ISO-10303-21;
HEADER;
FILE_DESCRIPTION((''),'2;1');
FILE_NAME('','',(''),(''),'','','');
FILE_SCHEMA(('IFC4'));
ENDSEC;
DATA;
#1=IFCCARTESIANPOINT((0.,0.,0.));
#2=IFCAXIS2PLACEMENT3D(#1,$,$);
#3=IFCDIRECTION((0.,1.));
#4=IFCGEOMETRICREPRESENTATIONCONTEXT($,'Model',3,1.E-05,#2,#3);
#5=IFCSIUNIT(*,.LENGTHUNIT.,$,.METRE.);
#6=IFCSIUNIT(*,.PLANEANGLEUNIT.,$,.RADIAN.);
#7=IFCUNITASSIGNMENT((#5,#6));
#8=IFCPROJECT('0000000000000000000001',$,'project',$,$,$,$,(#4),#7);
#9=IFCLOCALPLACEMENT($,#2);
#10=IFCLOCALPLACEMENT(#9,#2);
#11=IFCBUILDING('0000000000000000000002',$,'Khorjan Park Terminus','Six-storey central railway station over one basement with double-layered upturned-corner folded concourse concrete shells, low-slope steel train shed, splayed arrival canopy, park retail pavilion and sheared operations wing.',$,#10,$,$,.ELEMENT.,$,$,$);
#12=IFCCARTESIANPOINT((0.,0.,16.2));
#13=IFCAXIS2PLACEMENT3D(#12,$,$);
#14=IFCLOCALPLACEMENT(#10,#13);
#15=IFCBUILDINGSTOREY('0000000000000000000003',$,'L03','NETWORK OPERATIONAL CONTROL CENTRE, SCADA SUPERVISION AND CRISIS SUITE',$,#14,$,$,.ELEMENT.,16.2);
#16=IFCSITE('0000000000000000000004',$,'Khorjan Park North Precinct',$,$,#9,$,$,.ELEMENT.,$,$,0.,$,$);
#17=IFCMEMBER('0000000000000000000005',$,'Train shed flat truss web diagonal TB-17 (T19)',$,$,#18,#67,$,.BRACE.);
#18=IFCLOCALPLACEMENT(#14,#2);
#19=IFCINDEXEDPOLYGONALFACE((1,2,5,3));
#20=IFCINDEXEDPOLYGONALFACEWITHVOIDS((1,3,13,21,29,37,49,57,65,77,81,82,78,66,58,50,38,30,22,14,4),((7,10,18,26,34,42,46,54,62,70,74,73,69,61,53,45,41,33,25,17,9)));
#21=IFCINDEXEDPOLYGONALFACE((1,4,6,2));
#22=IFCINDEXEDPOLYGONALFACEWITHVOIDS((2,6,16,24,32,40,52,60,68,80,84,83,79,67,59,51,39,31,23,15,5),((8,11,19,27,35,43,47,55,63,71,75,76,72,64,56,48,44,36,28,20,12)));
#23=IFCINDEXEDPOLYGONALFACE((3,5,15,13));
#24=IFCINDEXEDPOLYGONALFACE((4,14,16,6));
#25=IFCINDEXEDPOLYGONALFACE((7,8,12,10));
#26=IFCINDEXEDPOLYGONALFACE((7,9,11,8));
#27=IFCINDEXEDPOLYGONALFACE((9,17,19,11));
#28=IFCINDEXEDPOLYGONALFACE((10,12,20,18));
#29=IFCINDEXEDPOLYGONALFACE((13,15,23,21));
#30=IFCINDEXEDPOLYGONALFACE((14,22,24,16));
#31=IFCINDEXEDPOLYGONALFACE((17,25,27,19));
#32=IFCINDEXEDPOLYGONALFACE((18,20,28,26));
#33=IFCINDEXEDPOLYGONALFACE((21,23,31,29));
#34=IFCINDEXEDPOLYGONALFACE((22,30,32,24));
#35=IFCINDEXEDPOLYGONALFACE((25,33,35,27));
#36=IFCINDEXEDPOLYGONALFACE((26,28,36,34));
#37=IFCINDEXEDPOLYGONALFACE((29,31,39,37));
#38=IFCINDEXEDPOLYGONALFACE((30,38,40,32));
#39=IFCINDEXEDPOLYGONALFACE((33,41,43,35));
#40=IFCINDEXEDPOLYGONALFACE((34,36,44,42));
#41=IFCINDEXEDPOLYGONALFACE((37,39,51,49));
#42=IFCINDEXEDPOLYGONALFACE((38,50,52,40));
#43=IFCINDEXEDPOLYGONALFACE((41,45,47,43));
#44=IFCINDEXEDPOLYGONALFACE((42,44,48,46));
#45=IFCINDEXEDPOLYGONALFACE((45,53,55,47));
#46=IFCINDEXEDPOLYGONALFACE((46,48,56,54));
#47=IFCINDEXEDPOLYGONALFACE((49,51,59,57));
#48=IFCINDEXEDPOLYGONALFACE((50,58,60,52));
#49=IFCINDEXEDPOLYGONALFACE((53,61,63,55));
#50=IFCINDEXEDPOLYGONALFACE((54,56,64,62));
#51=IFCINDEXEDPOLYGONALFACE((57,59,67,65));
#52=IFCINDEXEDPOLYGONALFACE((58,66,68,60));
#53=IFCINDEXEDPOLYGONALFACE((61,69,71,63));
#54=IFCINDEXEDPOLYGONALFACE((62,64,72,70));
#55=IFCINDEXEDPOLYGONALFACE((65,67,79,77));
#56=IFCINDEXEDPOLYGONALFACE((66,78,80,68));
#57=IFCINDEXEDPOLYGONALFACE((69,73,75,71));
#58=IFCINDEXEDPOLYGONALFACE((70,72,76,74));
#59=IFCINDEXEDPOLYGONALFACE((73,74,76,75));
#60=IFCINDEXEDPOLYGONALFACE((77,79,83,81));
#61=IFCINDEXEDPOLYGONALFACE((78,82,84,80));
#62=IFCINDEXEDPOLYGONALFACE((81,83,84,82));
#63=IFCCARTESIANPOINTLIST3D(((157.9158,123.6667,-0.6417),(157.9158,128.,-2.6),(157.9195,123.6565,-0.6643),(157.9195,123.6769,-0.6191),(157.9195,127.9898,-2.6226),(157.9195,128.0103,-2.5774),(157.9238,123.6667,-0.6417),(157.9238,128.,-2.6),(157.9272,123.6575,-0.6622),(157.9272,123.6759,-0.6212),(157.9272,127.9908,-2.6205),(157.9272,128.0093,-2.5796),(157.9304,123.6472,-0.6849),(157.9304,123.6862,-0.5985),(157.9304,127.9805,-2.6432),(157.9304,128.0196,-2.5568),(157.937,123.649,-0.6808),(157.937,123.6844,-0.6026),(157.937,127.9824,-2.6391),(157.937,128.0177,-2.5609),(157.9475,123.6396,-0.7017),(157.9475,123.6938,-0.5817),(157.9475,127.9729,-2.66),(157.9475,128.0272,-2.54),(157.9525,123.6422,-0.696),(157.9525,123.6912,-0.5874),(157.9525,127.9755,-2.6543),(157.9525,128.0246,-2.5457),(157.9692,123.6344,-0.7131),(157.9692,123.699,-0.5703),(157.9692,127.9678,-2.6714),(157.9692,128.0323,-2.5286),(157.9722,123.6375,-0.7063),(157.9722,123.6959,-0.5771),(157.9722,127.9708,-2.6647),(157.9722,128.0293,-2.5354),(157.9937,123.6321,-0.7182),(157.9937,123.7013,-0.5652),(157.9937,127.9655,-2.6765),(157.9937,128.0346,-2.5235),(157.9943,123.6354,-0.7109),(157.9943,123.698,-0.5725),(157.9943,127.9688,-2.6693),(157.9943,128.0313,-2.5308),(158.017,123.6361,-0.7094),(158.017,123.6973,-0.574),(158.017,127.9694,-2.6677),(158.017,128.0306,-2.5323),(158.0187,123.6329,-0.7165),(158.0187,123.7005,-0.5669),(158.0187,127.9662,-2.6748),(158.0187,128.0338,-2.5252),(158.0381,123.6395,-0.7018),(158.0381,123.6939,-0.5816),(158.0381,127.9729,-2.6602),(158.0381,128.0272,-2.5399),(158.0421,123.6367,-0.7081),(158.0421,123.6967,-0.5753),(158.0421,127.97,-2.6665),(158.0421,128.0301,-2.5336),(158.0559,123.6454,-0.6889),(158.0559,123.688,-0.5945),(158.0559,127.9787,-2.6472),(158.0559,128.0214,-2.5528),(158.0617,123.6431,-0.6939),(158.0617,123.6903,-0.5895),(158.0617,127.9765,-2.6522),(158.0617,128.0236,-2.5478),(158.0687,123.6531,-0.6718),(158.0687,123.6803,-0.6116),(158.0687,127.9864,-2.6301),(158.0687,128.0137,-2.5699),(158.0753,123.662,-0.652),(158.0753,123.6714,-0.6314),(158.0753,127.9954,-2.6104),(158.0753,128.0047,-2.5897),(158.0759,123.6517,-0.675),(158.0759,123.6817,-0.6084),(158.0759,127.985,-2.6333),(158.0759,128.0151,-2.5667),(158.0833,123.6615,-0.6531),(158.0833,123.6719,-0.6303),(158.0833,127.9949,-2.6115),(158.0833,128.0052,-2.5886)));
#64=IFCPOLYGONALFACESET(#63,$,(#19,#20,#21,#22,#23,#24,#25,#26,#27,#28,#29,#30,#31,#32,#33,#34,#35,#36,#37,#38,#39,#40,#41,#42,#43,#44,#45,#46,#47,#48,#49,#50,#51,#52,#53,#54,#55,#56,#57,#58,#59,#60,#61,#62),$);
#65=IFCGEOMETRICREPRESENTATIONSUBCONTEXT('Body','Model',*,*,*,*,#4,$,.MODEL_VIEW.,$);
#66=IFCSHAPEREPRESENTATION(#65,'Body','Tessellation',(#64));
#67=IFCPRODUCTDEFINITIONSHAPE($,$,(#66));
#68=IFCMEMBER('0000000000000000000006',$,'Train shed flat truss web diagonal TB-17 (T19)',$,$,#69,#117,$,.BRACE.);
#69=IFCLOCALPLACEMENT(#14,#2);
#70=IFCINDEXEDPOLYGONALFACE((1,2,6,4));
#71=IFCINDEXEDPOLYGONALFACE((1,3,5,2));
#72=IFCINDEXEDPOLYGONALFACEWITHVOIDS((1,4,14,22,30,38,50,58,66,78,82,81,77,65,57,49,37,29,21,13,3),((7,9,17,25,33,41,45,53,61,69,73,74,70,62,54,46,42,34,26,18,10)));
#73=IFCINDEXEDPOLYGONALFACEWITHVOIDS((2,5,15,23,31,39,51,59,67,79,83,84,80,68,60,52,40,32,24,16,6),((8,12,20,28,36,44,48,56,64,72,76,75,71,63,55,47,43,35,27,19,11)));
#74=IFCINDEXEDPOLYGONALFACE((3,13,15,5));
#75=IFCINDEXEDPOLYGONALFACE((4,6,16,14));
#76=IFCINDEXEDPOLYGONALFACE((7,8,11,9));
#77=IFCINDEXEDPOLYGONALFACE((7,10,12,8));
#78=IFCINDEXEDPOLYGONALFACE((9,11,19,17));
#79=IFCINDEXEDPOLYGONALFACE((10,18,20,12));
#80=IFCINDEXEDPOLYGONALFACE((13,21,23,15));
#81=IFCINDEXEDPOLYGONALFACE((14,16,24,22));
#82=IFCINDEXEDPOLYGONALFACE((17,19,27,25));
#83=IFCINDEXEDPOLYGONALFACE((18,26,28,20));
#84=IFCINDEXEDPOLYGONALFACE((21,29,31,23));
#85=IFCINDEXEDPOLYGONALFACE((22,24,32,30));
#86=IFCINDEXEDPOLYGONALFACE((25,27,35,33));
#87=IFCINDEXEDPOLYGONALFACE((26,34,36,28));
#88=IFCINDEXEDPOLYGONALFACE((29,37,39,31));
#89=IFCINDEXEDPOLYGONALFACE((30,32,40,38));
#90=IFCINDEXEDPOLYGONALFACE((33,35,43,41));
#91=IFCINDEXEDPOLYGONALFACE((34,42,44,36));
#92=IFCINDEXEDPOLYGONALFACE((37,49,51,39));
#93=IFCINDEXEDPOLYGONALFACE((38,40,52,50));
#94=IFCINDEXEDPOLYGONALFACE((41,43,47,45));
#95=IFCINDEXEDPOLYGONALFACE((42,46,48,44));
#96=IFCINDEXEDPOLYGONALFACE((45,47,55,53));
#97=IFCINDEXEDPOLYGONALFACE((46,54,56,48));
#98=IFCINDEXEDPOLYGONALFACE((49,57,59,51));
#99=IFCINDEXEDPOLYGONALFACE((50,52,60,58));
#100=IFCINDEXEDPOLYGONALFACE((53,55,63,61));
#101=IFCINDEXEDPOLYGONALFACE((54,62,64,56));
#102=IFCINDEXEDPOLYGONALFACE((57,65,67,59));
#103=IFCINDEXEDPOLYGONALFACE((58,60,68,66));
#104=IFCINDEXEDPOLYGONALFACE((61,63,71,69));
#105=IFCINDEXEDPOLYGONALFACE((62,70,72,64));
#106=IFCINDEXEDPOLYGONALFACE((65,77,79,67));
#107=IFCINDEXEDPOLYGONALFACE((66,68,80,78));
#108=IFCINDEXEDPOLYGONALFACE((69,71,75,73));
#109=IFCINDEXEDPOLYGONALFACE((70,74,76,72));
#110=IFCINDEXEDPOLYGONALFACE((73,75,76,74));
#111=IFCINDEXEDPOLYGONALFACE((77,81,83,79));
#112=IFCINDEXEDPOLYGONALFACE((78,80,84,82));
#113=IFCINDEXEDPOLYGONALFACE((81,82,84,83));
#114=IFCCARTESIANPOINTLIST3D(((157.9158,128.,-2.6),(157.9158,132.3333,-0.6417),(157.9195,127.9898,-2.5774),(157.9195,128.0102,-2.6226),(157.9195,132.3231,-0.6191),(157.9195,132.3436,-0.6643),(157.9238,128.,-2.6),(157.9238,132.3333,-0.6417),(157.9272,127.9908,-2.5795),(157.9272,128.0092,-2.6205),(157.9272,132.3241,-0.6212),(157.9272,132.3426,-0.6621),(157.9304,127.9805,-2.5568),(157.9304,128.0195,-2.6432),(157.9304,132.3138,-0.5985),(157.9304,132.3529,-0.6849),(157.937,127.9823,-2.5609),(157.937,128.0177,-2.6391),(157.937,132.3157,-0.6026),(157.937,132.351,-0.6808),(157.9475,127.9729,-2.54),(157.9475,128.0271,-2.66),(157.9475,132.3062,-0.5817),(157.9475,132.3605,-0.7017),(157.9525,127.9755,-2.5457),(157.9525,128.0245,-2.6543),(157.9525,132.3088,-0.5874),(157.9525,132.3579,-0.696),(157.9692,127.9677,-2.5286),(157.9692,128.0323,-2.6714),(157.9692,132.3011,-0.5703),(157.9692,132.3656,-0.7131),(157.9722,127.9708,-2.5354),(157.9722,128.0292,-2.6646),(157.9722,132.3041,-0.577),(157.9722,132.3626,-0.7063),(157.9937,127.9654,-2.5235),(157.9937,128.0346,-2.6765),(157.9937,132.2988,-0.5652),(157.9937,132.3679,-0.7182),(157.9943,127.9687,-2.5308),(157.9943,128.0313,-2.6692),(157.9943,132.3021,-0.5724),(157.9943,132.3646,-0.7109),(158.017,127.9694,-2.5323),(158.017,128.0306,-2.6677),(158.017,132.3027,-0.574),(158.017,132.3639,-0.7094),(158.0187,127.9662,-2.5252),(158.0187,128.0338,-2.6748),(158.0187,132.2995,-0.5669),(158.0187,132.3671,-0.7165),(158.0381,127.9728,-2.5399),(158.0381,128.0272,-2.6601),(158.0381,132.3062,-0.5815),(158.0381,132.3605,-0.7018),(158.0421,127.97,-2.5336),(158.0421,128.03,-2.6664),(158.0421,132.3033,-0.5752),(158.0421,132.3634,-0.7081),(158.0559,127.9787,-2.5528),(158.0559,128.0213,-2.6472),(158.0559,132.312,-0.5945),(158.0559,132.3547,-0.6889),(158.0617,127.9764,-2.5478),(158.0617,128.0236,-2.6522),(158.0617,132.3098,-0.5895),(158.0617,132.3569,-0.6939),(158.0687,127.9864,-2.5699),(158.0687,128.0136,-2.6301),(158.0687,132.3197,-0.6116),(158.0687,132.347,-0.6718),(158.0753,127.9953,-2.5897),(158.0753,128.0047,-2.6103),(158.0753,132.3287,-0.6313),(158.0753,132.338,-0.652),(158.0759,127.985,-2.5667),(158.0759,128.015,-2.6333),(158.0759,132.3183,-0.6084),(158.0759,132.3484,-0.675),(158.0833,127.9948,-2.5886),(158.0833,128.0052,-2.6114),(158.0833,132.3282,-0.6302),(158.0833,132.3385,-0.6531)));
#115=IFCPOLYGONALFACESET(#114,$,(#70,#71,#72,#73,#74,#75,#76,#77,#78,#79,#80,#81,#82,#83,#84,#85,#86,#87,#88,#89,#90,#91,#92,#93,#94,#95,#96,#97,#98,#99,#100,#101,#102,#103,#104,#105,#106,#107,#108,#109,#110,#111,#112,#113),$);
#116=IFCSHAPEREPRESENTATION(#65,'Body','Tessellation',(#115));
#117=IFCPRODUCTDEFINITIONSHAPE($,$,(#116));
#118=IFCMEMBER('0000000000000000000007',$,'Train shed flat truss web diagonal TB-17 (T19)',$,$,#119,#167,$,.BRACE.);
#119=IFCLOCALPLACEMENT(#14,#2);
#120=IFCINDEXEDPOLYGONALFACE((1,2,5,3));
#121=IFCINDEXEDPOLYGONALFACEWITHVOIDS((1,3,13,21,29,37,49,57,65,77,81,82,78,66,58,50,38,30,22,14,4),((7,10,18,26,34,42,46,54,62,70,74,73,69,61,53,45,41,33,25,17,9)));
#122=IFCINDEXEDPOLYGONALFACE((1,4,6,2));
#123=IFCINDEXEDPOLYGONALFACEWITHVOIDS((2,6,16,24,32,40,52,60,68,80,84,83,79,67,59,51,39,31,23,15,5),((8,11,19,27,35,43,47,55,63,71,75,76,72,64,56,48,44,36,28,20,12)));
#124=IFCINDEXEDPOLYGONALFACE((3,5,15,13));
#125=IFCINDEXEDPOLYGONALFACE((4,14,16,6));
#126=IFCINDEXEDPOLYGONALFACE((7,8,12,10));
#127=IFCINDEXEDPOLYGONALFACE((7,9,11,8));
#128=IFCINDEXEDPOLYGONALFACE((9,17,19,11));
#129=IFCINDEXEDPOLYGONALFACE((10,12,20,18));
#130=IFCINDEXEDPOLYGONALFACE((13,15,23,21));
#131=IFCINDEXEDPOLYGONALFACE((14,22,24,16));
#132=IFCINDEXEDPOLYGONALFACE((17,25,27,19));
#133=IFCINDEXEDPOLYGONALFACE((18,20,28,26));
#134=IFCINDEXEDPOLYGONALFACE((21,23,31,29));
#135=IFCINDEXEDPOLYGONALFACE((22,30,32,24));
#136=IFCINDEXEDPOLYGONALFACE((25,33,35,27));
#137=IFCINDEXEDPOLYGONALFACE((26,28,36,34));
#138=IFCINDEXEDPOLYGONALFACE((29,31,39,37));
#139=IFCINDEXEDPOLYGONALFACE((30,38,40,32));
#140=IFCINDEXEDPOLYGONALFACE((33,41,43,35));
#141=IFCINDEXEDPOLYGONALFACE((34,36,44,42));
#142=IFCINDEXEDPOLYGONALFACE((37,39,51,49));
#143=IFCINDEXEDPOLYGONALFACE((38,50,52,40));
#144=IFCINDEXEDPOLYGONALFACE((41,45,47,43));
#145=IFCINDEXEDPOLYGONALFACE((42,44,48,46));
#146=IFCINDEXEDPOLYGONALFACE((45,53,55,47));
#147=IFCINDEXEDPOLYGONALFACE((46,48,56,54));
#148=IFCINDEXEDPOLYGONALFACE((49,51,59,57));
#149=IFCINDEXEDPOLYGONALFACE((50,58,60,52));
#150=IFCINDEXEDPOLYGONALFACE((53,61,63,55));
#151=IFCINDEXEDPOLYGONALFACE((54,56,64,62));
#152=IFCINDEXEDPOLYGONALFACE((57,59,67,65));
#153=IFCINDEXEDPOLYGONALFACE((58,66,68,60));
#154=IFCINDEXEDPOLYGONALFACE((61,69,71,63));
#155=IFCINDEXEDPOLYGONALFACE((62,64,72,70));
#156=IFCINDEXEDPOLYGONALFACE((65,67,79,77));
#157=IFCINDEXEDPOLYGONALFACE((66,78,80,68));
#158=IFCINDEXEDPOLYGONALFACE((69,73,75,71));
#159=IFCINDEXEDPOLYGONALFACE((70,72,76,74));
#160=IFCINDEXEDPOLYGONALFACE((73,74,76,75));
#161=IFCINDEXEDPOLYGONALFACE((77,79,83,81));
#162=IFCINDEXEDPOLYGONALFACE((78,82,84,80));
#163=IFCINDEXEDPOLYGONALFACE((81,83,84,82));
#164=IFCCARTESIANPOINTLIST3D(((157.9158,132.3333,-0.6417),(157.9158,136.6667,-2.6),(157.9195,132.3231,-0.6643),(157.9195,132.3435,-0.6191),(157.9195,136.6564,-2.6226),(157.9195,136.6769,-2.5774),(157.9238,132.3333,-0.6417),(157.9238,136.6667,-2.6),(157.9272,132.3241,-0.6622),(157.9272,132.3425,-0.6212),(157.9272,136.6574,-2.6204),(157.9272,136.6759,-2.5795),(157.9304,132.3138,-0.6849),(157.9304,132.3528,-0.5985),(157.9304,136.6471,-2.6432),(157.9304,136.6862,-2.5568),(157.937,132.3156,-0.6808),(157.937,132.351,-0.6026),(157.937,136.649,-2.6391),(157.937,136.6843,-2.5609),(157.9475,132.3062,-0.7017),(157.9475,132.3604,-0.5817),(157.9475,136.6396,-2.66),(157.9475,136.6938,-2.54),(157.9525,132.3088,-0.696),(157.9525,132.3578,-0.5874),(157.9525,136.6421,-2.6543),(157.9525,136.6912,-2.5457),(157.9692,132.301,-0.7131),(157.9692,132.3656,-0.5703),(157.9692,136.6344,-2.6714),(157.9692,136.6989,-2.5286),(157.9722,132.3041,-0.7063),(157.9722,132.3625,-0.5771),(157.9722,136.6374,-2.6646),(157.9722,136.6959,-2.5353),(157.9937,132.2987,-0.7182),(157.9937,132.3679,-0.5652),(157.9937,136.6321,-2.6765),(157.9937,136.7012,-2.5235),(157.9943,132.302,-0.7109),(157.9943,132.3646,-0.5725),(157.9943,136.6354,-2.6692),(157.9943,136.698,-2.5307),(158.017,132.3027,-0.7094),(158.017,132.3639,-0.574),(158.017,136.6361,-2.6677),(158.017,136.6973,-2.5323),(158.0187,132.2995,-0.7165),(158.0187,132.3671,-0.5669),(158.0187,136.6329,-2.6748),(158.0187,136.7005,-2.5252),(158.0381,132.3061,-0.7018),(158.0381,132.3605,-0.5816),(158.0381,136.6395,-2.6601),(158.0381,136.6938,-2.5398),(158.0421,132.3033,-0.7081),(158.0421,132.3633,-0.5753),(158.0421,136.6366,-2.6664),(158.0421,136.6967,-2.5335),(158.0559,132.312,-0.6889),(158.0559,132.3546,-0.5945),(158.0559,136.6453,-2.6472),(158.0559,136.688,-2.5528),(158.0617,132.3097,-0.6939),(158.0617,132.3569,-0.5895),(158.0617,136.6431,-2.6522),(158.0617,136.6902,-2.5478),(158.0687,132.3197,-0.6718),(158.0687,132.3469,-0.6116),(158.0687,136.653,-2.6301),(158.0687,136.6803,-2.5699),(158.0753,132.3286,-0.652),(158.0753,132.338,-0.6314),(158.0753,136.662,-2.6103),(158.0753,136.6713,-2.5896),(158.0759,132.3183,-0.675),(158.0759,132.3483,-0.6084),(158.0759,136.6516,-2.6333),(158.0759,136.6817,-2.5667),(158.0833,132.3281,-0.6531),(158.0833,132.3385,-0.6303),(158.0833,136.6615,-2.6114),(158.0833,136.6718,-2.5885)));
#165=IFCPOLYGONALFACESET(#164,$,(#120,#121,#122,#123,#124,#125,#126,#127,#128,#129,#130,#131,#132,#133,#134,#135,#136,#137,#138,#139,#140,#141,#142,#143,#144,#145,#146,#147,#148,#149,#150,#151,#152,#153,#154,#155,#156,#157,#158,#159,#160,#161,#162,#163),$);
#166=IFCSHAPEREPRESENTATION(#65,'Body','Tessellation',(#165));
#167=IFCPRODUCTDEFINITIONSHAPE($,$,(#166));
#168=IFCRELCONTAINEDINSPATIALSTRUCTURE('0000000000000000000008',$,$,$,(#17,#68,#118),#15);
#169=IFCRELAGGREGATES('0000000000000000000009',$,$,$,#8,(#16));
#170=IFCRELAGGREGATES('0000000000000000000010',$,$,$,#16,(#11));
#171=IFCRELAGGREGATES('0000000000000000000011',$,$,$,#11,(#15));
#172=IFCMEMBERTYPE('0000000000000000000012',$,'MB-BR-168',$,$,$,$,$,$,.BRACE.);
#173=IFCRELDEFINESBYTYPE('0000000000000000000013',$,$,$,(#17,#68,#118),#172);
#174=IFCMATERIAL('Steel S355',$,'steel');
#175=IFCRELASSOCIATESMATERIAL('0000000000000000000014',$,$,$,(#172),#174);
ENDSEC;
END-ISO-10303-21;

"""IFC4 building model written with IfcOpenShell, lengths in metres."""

from ifc_helpers import new_model, si_unit, direction, frame, origin, origin_2d, place, context, subcontext, project, spatial, hollow_circle, extrude, material, material_profile, profile_set, type_object, element, save


model = new_model("IFC4")

# Units and contexts
model_context = context("Model", 3, precision=1e-05, world=origin(), true_north=direction((0.0, 1.0)))
body_context = subcontext(model_context, "Body", "Model", "MODEL_VIEW")
ifc_project = project(units=[si_unit("LENGTHUNIT", "METRE"), si_unit("PLANEANGLEUNIT", "RADIAN")], contexts=[model_context])

# Site, building, storey
site_placement = place(None, origin())
site = spatial("IfcSite", under=ifc_project, at=site_placement, Name="Khorjan Park North Precinct", CompositionType="ELEMENT", RefElevation=0.0)
building_placement = place(site_placement, origin())
building = spatial("IfcBuilding", under=site, at=building_placement, Name="Khorjan Park Terminus", Description="Six-storey central railway station over one basement with double-layered upturned-corner folded concourse concrete shells, low-slope steel train shed, splayed arrival canopy, park retail pavilion and sheared operations wing.", CompositionType="ELEMENT")
storey_placement = place(building_placement, frame((0.0, 0.0, 16.2)))
storey = spatial("IfcBuildingStorey", under=building, at=storey_placement, Name="L03", Description="NETWORK OPERATIONAL CONTROL CENTRE, SCADA SUPERVISION AND CRISIS SUITE", CompositionType="ELEMENT", Elevation=16.2)

# Members
ifc_material = material(Name="Steel S355", Category="steel")
ifc_material_profile_1 = material_profile(ifc_material, hollow_circle(Radius=0.0842, WallThickness=0.008, at=origin_2d()), Name="CHS 168.3x8")
ifc_profile_set_1 = profile_set([ifc_material_profile_1], Name="Steel S355")
member_type_1 = type_object("IfcMemberType", Name="MB-BR-168", PredefinedType="BRACE", material=ifc_profile_set_1)
for number, where, z_axis, x_axis, name in (
    (1, (158.0, 123.6667, -0.6417), (0.0, 0.911266, -0.411818), (-1.0, 0.0, 0.0), "Train shed flat truss web diagonal TB-17 (T19)"),
    (2, (158.0, 128.0, -2.6), (0.0, 0.911266, 0.411818), (-1.0, 0.0, 0.0), "Train shed flat truss web diagonal TB-17 (T19)"),
    (3, (158.0, 132.3333, -0.6417), (0.0, 0.91127, -0.41181), (-1.0, 0.0, 0.0), "Train shed flat truss web diagonal TB-17 (T19)"),
):
    element("IfcMember", number, at=place(storey_placement, frame(where, z_axis=z_axis, x_axis=x_axis)), inside=storey, type_object=member_type_1, Name=name, PredefinedType="BRACE", context=body_context, shape_type="SweptSolid", body=[
        extrude(hollow_circle(Radius=0.0842, WallThickness=0.008, at=origin_2d()), origin(), (0.0, 0.0, 1.0), 4.7553),
    ])

save(model, "model.ifc")
